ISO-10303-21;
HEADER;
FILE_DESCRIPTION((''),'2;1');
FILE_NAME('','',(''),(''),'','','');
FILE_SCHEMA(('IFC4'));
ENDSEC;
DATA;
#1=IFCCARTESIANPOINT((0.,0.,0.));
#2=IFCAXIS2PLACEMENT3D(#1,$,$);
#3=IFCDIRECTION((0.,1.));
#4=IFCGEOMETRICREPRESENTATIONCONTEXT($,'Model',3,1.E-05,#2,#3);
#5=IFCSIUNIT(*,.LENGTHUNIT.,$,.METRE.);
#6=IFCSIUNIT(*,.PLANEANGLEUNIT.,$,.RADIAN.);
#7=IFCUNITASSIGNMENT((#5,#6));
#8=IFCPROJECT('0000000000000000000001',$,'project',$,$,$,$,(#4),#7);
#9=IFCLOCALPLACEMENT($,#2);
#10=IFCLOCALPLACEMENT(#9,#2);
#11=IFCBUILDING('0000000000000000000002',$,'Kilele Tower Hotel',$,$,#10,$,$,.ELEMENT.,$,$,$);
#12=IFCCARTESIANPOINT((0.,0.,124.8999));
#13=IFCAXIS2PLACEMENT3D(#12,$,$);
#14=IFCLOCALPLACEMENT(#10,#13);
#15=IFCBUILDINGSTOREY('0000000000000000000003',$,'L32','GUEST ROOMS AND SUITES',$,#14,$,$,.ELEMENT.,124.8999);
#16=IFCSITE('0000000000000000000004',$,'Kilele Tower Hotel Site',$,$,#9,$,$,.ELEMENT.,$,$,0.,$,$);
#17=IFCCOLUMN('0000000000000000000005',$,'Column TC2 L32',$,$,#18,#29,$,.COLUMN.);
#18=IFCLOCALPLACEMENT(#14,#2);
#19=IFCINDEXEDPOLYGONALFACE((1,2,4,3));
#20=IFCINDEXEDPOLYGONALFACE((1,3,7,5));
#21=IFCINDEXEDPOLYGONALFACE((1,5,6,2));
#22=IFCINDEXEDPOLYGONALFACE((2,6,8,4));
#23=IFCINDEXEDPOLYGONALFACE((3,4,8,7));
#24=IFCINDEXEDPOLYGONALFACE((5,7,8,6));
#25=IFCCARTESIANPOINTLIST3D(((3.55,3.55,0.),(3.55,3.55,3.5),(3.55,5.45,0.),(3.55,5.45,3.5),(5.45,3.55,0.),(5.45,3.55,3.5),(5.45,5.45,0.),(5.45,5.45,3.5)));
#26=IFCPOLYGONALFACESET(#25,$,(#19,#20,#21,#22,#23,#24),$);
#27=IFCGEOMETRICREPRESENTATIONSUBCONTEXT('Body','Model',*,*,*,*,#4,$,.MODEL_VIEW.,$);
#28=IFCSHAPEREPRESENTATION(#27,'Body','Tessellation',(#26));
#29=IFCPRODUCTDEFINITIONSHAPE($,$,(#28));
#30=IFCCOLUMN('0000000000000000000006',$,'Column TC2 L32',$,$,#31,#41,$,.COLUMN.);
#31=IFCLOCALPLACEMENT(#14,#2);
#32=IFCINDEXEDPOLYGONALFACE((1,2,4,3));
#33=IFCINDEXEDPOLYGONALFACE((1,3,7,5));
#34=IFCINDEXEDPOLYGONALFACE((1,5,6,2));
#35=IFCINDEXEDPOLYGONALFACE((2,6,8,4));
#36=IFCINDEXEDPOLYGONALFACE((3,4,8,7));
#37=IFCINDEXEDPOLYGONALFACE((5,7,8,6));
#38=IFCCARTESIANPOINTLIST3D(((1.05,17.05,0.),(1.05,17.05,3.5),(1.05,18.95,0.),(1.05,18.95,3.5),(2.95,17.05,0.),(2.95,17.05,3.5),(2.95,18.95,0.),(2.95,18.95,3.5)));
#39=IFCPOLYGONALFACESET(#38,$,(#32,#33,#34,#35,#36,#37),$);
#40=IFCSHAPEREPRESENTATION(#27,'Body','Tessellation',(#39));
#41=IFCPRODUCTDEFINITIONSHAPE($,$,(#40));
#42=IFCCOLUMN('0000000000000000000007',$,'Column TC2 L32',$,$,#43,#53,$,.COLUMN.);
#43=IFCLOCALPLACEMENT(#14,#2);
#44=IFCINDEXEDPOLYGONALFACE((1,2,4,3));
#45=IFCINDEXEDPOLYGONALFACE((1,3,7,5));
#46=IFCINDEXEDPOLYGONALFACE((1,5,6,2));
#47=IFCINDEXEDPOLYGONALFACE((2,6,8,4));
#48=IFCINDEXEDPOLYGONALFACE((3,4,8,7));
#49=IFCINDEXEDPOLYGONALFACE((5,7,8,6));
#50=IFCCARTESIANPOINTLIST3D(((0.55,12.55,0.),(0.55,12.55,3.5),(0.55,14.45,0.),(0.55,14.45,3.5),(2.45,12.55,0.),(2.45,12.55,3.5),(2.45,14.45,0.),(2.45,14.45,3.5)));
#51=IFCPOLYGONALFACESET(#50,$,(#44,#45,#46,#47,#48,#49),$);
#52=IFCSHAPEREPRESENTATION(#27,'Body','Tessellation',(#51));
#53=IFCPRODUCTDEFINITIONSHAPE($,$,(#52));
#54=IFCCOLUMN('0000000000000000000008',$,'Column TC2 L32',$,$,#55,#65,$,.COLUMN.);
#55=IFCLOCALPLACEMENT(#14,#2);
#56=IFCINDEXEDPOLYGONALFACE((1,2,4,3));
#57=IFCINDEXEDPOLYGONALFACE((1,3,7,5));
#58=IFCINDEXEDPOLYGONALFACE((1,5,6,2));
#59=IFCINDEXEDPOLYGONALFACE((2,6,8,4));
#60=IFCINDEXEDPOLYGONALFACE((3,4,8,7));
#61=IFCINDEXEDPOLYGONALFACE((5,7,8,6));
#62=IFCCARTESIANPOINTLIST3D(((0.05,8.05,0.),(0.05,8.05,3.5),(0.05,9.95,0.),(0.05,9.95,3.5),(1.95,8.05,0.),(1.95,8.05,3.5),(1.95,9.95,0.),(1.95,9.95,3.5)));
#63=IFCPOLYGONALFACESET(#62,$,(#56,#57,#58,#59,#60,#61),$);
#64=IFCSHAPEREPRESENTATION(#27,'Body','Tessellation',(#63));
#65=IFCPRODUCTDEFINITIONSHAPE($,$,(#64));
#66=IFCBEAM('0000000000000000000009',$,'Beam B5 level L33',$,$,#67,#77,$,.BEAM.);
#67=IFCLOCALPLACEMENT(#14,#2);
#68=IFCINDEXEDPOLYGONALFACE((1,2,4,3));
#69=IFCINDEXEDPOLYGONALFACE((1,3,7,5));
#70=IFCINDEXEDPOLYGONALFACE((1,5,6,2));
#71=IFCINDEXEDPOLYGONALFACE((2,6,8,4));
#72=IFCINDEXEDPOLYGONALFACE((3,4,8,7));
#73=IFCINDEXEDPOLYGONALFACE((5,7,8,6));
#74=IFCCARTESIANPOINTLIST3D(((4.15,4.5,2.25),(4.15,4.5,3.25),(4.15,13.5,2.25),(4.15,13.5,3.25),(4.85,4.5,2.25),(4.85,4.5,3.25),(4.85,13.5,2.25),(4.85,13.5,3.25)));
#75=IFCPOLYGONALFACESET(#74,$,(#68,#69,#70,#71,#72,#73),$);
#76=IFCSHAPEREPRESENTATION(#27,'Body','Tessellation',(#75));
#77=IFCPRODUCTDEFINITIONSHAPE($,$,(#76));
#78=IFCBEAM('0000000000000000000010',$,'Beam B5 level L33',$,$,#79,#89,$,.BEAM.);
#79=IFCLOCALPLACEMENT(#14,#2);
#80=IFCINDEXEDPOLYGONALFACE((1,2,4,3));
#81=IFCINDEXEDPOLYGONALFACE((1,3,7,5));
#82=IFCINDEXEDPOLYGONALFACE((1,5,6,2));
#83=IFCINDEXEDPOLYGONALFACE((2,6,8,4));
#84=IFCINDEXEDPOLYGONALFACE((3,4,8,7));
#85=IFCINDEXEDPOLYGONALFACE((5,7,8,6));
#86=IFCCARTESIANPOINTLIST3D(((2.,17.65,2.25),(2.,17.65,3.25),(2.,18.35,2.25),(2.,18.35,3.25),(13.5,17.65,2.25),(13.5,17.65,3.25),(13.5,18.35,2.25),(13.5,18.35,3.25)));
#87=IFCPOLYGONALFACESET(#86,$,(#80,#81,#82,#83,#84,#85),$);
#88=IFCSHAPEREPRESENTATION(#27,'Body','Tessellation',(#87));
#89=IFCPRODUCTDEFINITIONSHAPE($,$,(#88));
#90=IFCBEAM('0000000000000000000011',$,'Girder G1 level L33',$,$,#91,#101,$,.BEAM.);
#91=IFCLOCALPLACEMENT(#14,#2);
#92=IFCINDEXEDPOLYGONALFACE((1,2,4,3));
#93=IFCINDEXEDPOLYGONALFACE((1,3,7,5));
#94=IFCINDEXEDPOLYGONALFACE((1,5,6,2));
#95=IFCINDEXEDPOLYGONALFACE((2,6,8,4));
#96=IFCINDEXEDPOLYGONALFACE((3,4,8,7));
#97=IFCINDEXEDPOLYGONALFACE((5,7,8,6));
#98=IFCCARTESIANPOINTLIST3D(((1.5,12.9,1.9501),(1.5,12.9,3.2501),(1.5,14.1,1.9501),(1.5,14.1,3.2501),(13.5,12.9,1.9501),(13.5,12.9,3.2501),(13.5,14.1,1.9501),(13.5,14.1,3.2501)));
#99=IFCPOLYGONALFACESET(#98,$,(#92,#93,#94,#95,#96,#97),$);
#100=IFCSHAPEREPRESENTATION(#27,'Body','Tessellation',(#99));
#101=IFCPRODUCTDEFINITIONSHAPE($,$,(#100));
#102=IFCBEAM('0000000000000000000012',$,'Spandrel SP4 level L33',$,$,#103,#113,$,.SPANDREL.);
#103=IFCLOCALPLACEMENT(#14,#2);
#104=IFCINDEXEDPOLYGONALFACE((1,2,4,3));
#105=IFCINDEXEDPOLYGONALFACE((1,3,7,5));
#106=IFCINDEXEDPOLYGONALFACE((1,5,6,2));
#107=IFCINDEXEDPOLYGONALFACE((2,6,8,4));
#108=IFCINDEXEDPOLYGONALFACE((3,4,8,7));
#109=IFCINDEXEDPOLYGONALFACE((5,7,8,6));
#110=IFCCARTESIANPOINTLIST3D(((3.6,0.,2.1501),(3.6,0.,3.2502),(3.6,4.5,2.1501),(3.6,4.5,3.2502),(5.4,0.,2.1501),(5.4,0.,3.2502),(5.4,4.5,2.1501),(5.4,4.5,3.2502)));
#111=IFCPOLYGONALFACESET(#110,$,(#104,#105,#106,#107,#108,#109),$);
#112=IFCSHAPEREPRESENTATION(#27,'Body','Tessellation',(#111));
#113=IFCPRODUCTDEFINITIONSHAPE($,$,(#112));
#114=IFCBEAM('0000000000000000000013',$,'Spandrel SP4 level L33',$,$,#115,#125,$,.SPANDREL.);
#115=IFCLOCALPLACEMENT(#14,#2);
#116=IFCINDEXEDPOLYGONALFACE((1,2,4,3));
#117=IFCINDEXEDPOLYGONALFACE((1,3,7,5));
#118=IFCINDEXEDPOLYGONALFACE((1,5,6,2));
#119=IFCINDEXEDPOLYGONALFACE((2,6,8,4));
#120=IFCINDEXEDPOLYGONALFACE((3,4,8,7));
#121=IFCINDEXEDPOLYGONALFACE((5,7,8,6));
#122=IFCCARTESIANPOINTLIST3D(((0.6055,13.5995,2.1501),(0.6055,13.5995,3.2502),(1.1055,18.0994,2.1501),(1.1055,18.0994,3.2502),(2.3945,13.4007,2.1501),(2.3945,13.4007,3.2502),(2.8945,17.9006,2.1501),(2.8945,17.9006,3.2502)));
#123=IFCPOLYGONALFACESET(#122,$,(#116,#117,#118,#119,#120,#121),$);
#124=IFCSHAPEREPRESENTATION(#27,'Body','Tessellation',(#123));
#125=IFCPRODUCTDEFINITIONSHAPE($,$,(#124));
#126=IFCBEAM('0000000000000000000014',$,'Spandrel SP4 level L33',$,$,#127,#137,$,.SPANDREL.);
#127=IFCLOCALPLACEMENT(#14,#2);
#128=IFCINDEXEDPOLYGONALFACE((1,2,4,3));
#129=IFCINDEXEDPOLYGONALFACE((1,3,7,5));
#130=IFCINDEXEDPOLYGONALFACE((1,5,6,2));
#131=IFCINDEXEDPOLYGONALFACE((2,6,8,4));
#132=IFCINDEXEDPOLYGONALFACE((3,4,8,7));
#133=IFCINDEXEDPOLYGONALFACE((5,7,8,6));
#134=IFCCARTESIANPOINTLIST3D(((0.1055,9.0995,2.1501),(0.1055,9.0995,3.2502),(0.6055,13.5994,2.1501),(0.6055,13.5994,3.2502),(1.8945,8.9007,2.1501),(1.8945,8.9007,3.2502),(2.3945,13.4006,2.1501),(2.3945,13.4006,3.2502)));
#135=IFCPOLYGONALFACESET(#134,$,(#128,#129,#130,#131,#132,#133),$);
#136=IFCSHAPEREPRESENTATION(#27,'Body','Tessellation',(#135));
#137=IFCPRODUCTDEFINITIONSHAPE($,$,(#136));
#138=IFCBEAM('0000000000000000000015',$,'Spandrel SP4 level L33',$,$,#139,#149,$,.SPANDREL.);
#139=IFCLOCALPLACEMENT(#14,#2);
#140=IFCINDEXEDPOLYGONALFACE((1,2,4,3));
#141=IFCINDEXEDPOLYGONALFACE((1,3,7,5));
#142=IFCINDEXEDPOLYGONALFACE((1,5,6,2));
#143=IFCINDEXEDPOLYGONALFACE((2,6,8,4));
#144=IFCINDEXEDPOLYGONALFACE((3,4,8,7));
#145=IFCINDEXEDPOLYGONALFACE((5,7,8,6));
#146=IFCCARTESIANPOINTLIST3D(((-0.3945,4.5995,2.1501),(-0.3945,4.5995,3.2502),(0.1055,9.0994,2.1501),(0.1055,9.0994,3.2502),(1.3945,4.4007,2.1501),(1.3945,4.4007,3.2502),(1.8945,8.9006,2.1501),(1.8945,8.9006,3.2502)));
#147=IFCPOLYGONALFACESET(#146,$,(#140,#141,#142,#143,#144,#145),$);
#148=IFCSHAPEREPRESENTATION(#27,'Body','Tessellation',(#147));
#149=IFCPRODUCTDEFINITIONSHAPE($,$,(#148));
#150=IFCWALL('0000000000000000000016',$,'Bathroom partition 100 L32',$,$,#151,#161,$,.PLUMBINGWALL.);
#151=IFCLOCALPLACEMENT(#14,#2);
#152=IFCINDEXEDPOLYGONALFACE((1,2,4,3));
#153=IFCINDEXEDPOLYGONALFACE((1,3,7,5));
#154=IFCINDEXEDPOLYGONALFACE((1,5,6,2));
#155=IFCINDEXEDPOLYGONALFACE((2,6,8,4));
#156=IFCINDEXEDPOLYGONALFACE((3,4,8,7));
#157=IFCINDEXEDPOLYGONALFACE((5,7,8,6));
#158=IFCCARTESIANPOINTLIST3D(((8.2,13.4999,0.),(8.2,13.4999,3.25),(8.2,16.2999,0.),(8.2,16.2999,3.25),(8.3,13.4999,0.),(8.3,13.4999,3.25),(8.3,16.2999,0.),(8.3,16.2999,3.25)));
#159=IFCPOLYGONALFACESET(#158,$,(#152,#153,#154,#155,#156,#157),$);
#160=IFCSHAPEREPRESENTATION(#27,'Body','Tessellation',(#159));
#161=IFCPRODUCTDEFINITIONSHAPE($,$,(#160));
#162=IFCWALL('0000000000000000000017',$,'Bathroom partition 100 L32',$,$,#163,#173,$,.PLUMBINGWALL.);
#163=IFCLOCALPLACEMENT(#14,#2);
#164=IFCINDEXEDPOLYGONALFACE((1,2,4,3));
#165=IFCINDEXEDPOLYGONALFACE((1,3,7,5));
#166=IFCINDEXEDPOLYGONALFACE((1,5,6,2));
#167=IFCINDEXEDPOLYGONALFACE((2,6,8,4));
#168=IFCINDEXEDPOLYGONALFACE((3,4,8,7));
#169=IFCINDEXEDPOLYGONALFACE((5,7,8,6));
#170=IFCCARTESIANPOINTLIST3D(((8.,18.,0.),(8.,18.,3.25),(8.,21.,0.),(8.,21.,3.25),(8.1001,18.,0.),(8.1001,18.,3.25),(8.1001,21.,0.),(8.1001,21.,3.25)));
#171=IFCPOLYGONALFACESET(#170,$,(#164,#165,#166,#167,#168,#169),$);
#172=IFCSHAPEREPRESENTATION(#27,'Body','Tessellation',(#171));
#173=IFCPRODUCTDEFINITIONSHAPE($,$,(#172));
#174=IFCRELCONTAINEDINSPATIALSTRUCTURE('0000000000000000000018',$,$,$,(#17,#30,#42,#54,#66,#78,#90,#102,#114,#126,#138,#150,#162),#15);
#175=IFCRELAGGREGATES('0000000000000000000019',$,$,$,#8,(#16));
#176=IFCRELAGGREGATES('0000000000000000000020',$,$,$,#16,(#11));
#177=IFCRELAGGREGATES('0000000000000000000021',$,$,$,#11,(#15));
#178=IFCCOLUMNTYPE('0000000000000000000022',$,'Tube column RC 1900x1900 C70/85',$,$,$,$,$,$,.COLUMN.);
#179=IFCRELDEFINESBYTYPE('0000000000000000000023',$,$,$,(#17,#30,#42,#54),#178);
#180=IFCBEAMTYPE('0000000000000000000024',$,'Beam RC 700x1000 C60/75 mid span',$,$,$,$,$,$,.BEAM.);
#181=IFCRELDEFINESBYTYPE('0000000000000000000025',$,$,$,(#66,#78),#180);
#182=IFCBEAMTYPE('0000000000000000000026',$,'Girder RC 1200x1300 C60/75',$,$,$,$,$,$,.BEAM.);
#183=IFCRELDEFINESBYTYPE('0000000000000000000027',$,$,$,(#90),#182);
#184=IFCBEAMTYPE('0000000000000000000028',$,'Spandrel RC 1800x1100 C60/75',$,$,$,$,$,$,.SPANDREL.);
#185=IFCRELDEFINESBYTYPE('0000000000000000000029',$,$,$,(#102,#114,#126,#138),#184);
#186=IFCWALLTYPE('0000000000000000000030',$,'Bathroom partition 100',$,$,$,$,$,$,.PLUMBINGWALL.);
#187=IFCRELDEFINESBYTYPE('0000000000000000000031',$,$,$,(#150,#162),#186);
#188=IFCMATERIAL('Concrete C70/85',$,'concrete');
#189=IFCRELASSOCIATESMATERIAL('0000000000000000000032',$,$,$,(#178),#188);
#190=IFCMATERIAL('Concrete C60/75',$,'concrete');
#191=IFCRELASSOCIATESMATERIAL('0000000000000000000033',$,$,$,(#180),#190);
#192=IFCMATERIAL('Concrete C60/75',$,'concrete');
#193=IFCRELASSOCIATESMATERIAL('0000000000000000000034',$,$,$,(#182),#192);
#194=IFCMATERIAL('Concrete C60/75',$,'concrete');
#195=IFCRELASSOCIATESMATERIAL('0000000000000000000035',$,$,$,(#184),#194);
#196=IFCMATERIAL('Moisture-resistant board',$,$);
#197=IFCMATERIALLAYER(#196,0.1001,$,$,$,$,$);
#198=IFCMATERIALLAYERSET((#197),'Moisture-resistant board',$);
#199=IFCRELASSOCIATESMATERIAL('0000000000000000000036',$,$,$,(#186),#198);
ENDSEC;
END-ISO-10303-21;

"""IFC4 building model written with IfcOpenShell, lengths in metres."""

from ifc_helpers import new_model, si_unit, direction, frame, frame_2d, origin, origin_2d, place, context, subcontext, project, spatial, rectangle, extrude, material, layer, layer_set, material_profile, profile_set, type_object, element, save


model = new_model("IFC4")

# Units and contexts
model_context = context("Model", 3, precision=1e-05, world=origin(), true_north=direction((0.0, 1.0)))
body_context = subcontext(model_context, "Body", "Model", "MODEL_VIEW")
ifc_project = project(units=[si_unit("LENGTHUNIT", "METRE"), si_unit("PLANEANGLEUNIT", "RADIAN")], contexts=[model_context])

# Site, building, storey
site_placement = place(None, origin())
site = spatial("IfcSite", under=ifc_project, at=site_placement, Name="Kilele Tower Hotel Site", CompositionType="ELEMENT", RefElevation=0.0)
building_placement = place(site_placement, origin())
building = spatial("IfcBuilding", under=site, at=building_placement, Name="Kilele Tower Hotel", CompositionType="ELEMENT")
storey_placement = place(building_placement, frame((0.0, 0.0, 124.8999)))
storey = spatial("IfcBuildingStorey", under=building, at=storey_placement, Name="L32", Description="GUEST ROOMS AND SUITES", CompositionType="ELEMENT", Elevation=124.8999)

# Columns
ifc_material_1 = material(Name="Concrete C70/85", Category="concrete")
ifc_material_profile_1 = material_profile(ifc_material_1, rectangle(XDim=1.8999, YDim=1.8999, at=origin_2d()))
ifc_profile_set_1 = profile_set([ifc_material_profile_1], Name="Concrete C70/85")
column_type = type_object("IfcColumnType", Name="Tube column RC 1900x1900 C70/85", PredefinedType="COLUMN", material=ifc_profile_set_1)
for number, where, z_axis, x_axis, name in (
    (1, (4.5, 4.5, 0.0), (0.0, 0.0, 1.0), (1.0, 0.0, 0.0), "Column TC2 L32"),
    (2, (2.0, 18.0, 0.0), (0.0, 0.0, 1.0), (1.0, 0.0, 0.0), "Column TC2 L32"),
    (3, (1.5, 13.5, 0.0), (0.0, 0.0, 1.0), (1.0, 0.0, 0.0), "Column TC2 L32"),
    (4, (1.0, 9.0, 0.0), (0.0, 0.0, 1.0), (1.0, 0.0, 0.0), "Column TC2 L32"),
):
    element("IfcColumn", number, at=place(storey_placement, frame(where, z_axis=z_axis, x_axis=x_axis)), inside=storey, type_object=column_type, Name=name, PredefinedType="COLUMN", context=body_context, shape_type="SweptSolid", body=[
        extrude(rectangle(XDim=1.8999, YDim=1.8999, at=origin_2d()), origin(), (0.0, 0.0, 1.0), 3.5),
    ])

# Beams
ifc_material_2 = material(Name="Concrete C60/75", Category="concrete")
ifc_material_profile_2 = material_profile(ifc_material_2, rectangle(XDim=0.7, YDim=1.0, at=origin_2d()))
ifc_profile_set_2 = profile_set([ifc_material_profile_2], Name="Concrete C60/75")
beam_type_1 = type_object("IfcBeamType", Name="Beam RC 700x1000 C60/75 mid span", PredefinedType="BEAM", material=ifc_profile_set_2)
beam_1_placement = place(storey_placement, frame((4.5, 4.5, 2.75), z_axis=(0.0, 1.0, 0.0), x_axis=(-1.0, 0.0, 0.0)))
element("IfcBeam", 5, at=beam_1_placement, inside=storey, type_object=beam_type_1, Name="Beam B5 level L33", PredefinedType="BEAM", context=body_context, shape_type="SweptSolid", body=[
    extrude(rectangle(XDim=0.7, YDim=1.0, at=origin_2d()), origin(), (0.0, 0.0, 1.0), 9.0),
])
beam_2_placement = place(storey_placement, frame((2.0, 18.0, 2.75), z_axis=(1.0, 0.0, 0.0), x_axis=(0.0, 1.0, 0.0)))
element("IfcBeam", 6, at=beam_2_placement, inside=storey, type_object=beam_type_1, Name="Beam B5 level L33", PredefinedType="BEAM", context=body_context, shape_type="SweptSolid", body=[
    extrude(rectangle(XDim=0.7, YDim=1.0, at=origin_2d()), origin(), (0.0, 0.0, 1.0), 11.5),
])
ifc_material_3 = material(Name="Concrete C60/75", Category="concrete")
ifc_material_profile_3 = material_profile(ifc_material_3, rectangle(XDim=1.2, YDim=1.3, at=origin_2d()))
ifc_profile_set_3 = profile_set([ifc_material_profile_3], Name="Concrete C60/75")
beam_type_2 = type_object("IfcBeamType", Name="Girder RC 1200x1300 C60/75", PredefinedType="BEAM", material=ifc_profile_set_3)
beam_3_placement = place(storey_placement, frame((1.5, 13.5, 2.6001), z_axis=(1.0, 0.0, 0.0), x_axis=(0.0, 1.0, 0.0)))
element("IfcBeam", 7, at=beam_3_placement, inside=storey, type_object=beam_type_2, Name="Girder G1 level L33", PredefinedType="BEAM", context=body_context, shape_type="SweptSolid", body=[
    extrude(rectangle(XDim=1.2, YDim=1.3, at=origin_2d()), origin(), (0.0, 0.0, 1.0), 12.0),
])
ifc_material_4 = material(Name="Concrete C60/75", Category="concrete")
ifc_material_profile_4 = material_profile(ifc_material_4, rectangle(XDim=1.8, YDim=1.1001, at=origin_2d()))
ifc_profile_set_4 = profile_set([ifc_material_profile_4], Name="Concrete C60/75")
beam_type_3 = type_object("IfcBeamType", Name="Spandrel RC 1800x1100 C60/75", PredefinedType="SPANDREL", material=ifc_profile_set_4)
beam_4_placement = place(storey_placement, frame((4.5, 4.5, 2.7002), z_axis=(0.0, -1.0, 0.0), x_axis=(1.0, 0.0, 0.0)))
element("IfcBeam", 8, at=beam_4_placement, inside=storey, type_object=beam_type_3, Name="Spandrel SP4 level L33", PredefinedType="SPANDREL", context=body_context, shape_type="SweptSolid", body=[
    extrude(rectangle(XDim=1.8, YDim=1.1001, at=origin_2d()), origin(), (0.0, 0.0, 1.0), 4.5),
])
for number, where, z_axis, x_axis, name in (
    (9, (2.0, 18.0, 2.7002), (-0.110432, -0.993884, 0.0), (0.993884, -0.110432, 0.0), "Spandrel SP4 level L33"),
    (10, (1.5, 13.5, 2.7002), (-0.110432, -0.993884, 0.0), (0.993884, -0.110432, 0.0), "Spandrel SP4 level L33"),
    (11, (1.0, 9.0, 2.7002), (-0.110432, -0.993884, 0.0), (0.993884, -0.110432, 0.0), "Spandrel SP4 level L33"),
):
    element("IfcBeam", number, at=place(storey_placement, frame(where, z_axis=z_axis, x_axis=x_axis)), inside=storey, type_object=beam_type_3, Name=name, PredefinedType="SPANDREL", context=body_context, shape_type="SweptSolid", body=[
        extrude(rectangle(XDim=1.8, YDim=1.1001, at=origin_2d()), origin(), (0.0, 0.0, 1.0), 4.5276),
    ])

# Walls
ifc_material_5 = material(Name="Moisture-resistant board")
ifc_layer_1 = layer(ifc_material_5, 0.1001)
ifc_layer_set_1 = layer_set([ifc_layer_1], Name="Moisture-resistant board")
wall_type_1 = type_object("IfcWallType", Name="Bathroom partition 100", PredefinedType="PLUMBINGWALL", material=ifc_layer_set_1)
wall_1_placement = place(storey_placement, frame((8.25, 13.5, 0.0), z_axis=(0.0, 0.0, 1.0), x_axis=(0.0, 1.0, 0.0)))
element("IfcWall", 12, at=wall_1_placement, inside=storey, type_object=wall_type_1, Name="Bathroom partition 100 L32", PredefinedType="PLUMBINGWALL", context=body_context, shape_type="SweptSolid", body=[
    extrude(rectangle(XDim=2.8, YDim=0.1001, at=frame_2d((1.3999, 0.0))), origin(), (0.0, 0.0, 1.0), 3.25),
])
wall_2_placement = place(storey_placement, frame((8.05, 18.0, 0.0), z_axis=(0.0, 0.0, 1.0), x_axis=(0.0, 1.0, 0.0)))
element("IfcWall", 13, at=wall_2_placement, inside=storey, type_object=wall_type_1, Name="Bathroom partition 100 L32", PredefinedType="PLUMBINGWALL", context=body_context, shape_type="SweptSolid", body=[
    extrude(rectangle(XDim=3.0, YDim=0.1001, at=frame_2d((1.5, 0.0))), origin(), (0.0, 0.0, 1.0), 3.25),
])

save(model, "model.ifc")
